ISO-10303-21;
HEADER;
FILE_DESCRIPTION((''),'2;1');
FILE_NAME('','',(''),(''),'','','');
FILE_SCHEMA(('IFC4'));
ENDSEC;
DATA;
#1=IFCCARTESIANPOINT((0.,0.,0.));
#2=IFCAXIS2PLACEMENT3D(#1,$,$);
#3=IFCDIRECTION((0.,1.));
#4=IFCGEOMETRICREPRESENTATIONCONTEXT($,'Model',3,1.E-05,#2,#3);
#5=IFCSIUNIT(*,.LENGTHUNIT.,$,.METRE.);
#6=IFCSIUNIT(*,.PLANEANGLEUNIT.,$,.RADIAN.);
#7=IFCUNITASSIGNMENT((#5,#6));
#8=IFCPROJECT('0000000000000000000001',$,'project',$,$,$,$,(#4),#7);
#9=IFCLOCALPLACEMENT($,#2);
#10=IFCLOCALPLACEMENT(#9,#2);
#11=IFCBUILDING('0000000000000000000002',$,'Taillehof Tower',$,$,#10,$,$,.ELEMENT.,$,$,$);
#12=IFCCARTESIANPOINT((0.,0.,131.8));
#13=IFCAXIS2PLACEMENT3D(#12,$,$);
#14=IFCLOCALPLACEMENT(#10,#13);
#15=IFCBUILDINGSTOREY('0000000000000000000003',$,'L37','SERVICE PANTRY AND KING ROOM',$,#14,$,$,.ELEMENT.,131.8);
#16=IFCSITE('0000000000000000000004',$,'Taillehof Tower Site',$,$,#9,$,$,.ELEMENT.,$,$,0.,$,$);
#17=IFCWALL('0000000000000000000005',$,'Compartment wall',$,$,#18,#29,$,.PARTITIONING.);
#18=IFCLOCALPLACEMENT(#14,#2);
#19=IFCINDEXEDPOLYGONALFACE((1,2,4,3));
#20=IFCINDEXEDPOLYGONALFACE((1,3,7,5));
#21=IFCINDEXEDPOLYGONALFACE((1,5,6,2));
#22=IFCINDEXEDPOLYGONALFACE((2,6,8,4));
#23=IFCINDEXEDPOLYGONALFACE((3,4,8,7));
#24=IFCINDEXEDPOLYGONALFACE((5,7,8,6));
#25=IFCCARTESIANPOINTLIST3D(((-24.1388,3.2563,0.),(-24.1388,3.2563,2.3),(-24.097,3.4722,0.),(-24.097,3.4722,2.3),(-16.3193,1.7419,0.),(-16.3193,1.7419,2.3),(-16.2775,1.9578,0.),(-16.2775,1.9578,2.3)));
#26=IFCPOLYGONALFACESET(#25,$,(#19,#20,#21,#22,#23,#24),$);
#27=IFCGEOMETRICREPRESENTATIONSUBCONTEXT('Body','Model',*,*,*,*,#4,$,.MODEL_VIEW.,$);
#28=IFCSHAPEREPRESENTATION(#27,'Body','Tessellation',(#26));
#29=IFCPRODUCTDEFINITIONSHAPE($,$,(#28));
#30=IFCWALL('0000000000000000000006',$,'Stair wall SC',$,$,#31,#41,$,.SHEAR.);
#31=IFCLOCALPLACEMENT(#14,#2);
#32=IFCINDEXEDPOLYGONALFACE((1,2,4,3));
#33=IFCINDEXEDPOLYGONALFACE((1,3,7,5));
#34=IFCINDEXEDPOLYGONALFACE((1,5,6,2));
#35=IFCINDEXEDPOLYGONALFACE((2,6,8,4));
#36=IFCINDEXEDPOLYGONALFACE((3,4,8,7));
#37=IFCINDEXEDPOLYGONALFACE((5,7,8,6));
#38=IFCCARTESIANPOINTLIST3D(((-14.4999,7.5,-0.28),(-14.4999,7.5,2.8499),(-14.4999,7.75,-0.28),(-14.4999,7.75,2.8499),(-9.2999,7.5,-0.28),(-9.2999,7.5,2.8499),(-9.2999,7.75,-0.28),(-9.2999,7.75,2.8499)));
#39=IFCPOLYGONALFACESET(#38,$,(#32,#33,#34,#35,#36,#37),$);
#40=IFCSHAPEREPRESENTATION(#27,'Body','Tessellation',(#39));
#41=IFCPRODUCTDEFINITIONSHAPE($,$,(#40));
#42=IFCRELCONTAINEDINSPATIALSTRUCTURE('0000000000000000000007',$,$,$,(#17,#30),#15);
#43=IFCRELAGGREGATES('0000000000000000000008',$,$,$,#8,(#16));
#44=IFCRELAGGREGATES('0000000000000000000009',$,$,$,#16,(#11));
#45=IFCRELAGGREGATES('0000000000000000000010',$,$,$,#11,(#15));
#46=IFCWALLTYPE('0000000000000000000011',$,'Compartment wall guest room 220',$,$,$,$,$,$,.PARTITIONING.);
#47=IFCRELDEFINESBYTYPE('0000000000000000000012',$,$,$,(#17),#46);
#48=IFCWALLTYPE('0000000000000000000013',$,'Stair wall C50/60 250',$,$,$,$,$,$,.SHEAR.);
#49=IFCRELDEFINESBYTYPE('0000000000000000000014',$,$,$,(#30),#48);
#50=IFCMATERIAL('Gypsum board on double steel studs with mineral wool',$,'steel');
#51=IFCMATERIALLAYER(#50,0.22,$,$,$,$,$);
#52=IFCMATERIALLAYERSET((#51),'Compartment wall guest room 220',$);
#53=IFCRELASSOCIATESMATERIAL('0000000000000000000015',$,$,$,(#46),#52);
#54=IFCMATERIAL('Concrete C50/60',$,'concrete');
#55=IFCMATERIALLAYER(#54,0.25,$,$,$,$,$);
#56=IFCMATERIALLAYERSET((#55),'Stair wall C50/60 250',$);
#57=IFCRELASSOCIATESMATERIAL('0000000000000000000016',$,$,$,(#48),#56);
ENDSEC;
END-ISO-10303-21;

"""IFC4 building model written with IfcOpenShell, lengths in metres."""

from ifc_helpers import new_model, si_unit, direction, frame, frame_2d, origin, place, context, subcontext, project, spatial, rectangle, extrude, material, layer, layer_set, type_object, element, save


model = new_model("IFC4")

# Units and contexts
model_context = context("Model", 3, precision=1e-05, world=origin(), true_north=direction((0.0, 1.0)))
body_context = subcontext(model_context, "Body", "Model", "MODEL_VIEW")
ifc_project = project(units=[si_unit("LENGTHUNIT", "METRE"), si_unit("PLANEANGLEUNIT", "RADIAN")], contexts=[model_context])

# Site, building, storey
site_placement = place(None, origin())
site = spatial("IfcSite", under=ifc_project, at=site_placement, Name="Taillehof Tower Site", CompositionType="ELEMENT", RefElevation=0.0)
building_placement = place(site_placement, origin())
building = spatial("IfcBuilding", under=site, at=building_placement, Name="Taillehof Tower", CompositionType="ELEMENT")
storey_placement = place(building_placement, frame((0.0, 0.0, 131.8)))
storey = spatial("IfcBuildingStorey", under=building, at=storey_placement, Name="L37", Description="SERVICE PANTRY AND KING ROOM", CompositionType="ELEMENT", Elevation=131.8)

# Walls
ifc_material_1 = material(Name="Gypsum board on double steel studs with mineral wool", Category="steel")
ifc_layer_1 = layer(ifc_material_1, 0.22)
ifc_layer_set_1 = layer_set([ifc_layer_1], Name="Compartment wall guest room 220")
wall_type_1 = type_object("IfcWallType", Name="Compartment wall guest room 220", PredefinedType="PARTITIONING", material=ifc_layer_set_1)
wall_1_placement = place(storey_placement, frame((-24.1179, 3.3643, 0.0), z_axis=(0.0, 0.0, 1.0), x_axis=(0.981758, -0.190135, 0.0)))
element("IfcWall", 1, at=wall_1_placement, inside=storey, type_object=wall_type_1, Name="Compartment wall", PredefinedType="PARTITIONING", context=body_context, shape_type="SweptSolid", body=[
    extrude(rectangle(XDim=7.9648, YDim=0.22, at=frame_2d((3.9824, 0.0))), origin(), (0.0, 0.0, 1.0), 2.3),
])
ifc_material_2 = material(Name="Concrete C50/60", Category="concrete")
ifc_layer_2 = layer(ifc_material_2, 0.25)
ifc_layer_set_2 = layer_set([ifc_layer_2], Name="Stair wall C50/60 250")
wall_type_2 = type_object("IfcWallType", Name="Stair wall C50/60 250", PredefinedType="SHEAR", material=ifc_layer_set_2)
wall_2_placement = place(storey_placement, frame((-14.5, 7.625, -0.28), z_axis=(0.0, 0.0, 1.0), x_axis=(1.0, 0.0, 0.0)))
element("IfcWall", 2, at=wall_2_placement, inside=storey, type_object=wall_type_2, Name="Stair wall SC", PredefinedType="SHEAR", context=body_context, shape_type="SweptSolid", body=[
    extrude(rectangle(XDim=5.2, YDim=0.25, at=frame_2d((2.6001, 0.0))), origin(), (0.0, 0.0, 1.0), 3.1299),
])

save(model, "model.ifc")
